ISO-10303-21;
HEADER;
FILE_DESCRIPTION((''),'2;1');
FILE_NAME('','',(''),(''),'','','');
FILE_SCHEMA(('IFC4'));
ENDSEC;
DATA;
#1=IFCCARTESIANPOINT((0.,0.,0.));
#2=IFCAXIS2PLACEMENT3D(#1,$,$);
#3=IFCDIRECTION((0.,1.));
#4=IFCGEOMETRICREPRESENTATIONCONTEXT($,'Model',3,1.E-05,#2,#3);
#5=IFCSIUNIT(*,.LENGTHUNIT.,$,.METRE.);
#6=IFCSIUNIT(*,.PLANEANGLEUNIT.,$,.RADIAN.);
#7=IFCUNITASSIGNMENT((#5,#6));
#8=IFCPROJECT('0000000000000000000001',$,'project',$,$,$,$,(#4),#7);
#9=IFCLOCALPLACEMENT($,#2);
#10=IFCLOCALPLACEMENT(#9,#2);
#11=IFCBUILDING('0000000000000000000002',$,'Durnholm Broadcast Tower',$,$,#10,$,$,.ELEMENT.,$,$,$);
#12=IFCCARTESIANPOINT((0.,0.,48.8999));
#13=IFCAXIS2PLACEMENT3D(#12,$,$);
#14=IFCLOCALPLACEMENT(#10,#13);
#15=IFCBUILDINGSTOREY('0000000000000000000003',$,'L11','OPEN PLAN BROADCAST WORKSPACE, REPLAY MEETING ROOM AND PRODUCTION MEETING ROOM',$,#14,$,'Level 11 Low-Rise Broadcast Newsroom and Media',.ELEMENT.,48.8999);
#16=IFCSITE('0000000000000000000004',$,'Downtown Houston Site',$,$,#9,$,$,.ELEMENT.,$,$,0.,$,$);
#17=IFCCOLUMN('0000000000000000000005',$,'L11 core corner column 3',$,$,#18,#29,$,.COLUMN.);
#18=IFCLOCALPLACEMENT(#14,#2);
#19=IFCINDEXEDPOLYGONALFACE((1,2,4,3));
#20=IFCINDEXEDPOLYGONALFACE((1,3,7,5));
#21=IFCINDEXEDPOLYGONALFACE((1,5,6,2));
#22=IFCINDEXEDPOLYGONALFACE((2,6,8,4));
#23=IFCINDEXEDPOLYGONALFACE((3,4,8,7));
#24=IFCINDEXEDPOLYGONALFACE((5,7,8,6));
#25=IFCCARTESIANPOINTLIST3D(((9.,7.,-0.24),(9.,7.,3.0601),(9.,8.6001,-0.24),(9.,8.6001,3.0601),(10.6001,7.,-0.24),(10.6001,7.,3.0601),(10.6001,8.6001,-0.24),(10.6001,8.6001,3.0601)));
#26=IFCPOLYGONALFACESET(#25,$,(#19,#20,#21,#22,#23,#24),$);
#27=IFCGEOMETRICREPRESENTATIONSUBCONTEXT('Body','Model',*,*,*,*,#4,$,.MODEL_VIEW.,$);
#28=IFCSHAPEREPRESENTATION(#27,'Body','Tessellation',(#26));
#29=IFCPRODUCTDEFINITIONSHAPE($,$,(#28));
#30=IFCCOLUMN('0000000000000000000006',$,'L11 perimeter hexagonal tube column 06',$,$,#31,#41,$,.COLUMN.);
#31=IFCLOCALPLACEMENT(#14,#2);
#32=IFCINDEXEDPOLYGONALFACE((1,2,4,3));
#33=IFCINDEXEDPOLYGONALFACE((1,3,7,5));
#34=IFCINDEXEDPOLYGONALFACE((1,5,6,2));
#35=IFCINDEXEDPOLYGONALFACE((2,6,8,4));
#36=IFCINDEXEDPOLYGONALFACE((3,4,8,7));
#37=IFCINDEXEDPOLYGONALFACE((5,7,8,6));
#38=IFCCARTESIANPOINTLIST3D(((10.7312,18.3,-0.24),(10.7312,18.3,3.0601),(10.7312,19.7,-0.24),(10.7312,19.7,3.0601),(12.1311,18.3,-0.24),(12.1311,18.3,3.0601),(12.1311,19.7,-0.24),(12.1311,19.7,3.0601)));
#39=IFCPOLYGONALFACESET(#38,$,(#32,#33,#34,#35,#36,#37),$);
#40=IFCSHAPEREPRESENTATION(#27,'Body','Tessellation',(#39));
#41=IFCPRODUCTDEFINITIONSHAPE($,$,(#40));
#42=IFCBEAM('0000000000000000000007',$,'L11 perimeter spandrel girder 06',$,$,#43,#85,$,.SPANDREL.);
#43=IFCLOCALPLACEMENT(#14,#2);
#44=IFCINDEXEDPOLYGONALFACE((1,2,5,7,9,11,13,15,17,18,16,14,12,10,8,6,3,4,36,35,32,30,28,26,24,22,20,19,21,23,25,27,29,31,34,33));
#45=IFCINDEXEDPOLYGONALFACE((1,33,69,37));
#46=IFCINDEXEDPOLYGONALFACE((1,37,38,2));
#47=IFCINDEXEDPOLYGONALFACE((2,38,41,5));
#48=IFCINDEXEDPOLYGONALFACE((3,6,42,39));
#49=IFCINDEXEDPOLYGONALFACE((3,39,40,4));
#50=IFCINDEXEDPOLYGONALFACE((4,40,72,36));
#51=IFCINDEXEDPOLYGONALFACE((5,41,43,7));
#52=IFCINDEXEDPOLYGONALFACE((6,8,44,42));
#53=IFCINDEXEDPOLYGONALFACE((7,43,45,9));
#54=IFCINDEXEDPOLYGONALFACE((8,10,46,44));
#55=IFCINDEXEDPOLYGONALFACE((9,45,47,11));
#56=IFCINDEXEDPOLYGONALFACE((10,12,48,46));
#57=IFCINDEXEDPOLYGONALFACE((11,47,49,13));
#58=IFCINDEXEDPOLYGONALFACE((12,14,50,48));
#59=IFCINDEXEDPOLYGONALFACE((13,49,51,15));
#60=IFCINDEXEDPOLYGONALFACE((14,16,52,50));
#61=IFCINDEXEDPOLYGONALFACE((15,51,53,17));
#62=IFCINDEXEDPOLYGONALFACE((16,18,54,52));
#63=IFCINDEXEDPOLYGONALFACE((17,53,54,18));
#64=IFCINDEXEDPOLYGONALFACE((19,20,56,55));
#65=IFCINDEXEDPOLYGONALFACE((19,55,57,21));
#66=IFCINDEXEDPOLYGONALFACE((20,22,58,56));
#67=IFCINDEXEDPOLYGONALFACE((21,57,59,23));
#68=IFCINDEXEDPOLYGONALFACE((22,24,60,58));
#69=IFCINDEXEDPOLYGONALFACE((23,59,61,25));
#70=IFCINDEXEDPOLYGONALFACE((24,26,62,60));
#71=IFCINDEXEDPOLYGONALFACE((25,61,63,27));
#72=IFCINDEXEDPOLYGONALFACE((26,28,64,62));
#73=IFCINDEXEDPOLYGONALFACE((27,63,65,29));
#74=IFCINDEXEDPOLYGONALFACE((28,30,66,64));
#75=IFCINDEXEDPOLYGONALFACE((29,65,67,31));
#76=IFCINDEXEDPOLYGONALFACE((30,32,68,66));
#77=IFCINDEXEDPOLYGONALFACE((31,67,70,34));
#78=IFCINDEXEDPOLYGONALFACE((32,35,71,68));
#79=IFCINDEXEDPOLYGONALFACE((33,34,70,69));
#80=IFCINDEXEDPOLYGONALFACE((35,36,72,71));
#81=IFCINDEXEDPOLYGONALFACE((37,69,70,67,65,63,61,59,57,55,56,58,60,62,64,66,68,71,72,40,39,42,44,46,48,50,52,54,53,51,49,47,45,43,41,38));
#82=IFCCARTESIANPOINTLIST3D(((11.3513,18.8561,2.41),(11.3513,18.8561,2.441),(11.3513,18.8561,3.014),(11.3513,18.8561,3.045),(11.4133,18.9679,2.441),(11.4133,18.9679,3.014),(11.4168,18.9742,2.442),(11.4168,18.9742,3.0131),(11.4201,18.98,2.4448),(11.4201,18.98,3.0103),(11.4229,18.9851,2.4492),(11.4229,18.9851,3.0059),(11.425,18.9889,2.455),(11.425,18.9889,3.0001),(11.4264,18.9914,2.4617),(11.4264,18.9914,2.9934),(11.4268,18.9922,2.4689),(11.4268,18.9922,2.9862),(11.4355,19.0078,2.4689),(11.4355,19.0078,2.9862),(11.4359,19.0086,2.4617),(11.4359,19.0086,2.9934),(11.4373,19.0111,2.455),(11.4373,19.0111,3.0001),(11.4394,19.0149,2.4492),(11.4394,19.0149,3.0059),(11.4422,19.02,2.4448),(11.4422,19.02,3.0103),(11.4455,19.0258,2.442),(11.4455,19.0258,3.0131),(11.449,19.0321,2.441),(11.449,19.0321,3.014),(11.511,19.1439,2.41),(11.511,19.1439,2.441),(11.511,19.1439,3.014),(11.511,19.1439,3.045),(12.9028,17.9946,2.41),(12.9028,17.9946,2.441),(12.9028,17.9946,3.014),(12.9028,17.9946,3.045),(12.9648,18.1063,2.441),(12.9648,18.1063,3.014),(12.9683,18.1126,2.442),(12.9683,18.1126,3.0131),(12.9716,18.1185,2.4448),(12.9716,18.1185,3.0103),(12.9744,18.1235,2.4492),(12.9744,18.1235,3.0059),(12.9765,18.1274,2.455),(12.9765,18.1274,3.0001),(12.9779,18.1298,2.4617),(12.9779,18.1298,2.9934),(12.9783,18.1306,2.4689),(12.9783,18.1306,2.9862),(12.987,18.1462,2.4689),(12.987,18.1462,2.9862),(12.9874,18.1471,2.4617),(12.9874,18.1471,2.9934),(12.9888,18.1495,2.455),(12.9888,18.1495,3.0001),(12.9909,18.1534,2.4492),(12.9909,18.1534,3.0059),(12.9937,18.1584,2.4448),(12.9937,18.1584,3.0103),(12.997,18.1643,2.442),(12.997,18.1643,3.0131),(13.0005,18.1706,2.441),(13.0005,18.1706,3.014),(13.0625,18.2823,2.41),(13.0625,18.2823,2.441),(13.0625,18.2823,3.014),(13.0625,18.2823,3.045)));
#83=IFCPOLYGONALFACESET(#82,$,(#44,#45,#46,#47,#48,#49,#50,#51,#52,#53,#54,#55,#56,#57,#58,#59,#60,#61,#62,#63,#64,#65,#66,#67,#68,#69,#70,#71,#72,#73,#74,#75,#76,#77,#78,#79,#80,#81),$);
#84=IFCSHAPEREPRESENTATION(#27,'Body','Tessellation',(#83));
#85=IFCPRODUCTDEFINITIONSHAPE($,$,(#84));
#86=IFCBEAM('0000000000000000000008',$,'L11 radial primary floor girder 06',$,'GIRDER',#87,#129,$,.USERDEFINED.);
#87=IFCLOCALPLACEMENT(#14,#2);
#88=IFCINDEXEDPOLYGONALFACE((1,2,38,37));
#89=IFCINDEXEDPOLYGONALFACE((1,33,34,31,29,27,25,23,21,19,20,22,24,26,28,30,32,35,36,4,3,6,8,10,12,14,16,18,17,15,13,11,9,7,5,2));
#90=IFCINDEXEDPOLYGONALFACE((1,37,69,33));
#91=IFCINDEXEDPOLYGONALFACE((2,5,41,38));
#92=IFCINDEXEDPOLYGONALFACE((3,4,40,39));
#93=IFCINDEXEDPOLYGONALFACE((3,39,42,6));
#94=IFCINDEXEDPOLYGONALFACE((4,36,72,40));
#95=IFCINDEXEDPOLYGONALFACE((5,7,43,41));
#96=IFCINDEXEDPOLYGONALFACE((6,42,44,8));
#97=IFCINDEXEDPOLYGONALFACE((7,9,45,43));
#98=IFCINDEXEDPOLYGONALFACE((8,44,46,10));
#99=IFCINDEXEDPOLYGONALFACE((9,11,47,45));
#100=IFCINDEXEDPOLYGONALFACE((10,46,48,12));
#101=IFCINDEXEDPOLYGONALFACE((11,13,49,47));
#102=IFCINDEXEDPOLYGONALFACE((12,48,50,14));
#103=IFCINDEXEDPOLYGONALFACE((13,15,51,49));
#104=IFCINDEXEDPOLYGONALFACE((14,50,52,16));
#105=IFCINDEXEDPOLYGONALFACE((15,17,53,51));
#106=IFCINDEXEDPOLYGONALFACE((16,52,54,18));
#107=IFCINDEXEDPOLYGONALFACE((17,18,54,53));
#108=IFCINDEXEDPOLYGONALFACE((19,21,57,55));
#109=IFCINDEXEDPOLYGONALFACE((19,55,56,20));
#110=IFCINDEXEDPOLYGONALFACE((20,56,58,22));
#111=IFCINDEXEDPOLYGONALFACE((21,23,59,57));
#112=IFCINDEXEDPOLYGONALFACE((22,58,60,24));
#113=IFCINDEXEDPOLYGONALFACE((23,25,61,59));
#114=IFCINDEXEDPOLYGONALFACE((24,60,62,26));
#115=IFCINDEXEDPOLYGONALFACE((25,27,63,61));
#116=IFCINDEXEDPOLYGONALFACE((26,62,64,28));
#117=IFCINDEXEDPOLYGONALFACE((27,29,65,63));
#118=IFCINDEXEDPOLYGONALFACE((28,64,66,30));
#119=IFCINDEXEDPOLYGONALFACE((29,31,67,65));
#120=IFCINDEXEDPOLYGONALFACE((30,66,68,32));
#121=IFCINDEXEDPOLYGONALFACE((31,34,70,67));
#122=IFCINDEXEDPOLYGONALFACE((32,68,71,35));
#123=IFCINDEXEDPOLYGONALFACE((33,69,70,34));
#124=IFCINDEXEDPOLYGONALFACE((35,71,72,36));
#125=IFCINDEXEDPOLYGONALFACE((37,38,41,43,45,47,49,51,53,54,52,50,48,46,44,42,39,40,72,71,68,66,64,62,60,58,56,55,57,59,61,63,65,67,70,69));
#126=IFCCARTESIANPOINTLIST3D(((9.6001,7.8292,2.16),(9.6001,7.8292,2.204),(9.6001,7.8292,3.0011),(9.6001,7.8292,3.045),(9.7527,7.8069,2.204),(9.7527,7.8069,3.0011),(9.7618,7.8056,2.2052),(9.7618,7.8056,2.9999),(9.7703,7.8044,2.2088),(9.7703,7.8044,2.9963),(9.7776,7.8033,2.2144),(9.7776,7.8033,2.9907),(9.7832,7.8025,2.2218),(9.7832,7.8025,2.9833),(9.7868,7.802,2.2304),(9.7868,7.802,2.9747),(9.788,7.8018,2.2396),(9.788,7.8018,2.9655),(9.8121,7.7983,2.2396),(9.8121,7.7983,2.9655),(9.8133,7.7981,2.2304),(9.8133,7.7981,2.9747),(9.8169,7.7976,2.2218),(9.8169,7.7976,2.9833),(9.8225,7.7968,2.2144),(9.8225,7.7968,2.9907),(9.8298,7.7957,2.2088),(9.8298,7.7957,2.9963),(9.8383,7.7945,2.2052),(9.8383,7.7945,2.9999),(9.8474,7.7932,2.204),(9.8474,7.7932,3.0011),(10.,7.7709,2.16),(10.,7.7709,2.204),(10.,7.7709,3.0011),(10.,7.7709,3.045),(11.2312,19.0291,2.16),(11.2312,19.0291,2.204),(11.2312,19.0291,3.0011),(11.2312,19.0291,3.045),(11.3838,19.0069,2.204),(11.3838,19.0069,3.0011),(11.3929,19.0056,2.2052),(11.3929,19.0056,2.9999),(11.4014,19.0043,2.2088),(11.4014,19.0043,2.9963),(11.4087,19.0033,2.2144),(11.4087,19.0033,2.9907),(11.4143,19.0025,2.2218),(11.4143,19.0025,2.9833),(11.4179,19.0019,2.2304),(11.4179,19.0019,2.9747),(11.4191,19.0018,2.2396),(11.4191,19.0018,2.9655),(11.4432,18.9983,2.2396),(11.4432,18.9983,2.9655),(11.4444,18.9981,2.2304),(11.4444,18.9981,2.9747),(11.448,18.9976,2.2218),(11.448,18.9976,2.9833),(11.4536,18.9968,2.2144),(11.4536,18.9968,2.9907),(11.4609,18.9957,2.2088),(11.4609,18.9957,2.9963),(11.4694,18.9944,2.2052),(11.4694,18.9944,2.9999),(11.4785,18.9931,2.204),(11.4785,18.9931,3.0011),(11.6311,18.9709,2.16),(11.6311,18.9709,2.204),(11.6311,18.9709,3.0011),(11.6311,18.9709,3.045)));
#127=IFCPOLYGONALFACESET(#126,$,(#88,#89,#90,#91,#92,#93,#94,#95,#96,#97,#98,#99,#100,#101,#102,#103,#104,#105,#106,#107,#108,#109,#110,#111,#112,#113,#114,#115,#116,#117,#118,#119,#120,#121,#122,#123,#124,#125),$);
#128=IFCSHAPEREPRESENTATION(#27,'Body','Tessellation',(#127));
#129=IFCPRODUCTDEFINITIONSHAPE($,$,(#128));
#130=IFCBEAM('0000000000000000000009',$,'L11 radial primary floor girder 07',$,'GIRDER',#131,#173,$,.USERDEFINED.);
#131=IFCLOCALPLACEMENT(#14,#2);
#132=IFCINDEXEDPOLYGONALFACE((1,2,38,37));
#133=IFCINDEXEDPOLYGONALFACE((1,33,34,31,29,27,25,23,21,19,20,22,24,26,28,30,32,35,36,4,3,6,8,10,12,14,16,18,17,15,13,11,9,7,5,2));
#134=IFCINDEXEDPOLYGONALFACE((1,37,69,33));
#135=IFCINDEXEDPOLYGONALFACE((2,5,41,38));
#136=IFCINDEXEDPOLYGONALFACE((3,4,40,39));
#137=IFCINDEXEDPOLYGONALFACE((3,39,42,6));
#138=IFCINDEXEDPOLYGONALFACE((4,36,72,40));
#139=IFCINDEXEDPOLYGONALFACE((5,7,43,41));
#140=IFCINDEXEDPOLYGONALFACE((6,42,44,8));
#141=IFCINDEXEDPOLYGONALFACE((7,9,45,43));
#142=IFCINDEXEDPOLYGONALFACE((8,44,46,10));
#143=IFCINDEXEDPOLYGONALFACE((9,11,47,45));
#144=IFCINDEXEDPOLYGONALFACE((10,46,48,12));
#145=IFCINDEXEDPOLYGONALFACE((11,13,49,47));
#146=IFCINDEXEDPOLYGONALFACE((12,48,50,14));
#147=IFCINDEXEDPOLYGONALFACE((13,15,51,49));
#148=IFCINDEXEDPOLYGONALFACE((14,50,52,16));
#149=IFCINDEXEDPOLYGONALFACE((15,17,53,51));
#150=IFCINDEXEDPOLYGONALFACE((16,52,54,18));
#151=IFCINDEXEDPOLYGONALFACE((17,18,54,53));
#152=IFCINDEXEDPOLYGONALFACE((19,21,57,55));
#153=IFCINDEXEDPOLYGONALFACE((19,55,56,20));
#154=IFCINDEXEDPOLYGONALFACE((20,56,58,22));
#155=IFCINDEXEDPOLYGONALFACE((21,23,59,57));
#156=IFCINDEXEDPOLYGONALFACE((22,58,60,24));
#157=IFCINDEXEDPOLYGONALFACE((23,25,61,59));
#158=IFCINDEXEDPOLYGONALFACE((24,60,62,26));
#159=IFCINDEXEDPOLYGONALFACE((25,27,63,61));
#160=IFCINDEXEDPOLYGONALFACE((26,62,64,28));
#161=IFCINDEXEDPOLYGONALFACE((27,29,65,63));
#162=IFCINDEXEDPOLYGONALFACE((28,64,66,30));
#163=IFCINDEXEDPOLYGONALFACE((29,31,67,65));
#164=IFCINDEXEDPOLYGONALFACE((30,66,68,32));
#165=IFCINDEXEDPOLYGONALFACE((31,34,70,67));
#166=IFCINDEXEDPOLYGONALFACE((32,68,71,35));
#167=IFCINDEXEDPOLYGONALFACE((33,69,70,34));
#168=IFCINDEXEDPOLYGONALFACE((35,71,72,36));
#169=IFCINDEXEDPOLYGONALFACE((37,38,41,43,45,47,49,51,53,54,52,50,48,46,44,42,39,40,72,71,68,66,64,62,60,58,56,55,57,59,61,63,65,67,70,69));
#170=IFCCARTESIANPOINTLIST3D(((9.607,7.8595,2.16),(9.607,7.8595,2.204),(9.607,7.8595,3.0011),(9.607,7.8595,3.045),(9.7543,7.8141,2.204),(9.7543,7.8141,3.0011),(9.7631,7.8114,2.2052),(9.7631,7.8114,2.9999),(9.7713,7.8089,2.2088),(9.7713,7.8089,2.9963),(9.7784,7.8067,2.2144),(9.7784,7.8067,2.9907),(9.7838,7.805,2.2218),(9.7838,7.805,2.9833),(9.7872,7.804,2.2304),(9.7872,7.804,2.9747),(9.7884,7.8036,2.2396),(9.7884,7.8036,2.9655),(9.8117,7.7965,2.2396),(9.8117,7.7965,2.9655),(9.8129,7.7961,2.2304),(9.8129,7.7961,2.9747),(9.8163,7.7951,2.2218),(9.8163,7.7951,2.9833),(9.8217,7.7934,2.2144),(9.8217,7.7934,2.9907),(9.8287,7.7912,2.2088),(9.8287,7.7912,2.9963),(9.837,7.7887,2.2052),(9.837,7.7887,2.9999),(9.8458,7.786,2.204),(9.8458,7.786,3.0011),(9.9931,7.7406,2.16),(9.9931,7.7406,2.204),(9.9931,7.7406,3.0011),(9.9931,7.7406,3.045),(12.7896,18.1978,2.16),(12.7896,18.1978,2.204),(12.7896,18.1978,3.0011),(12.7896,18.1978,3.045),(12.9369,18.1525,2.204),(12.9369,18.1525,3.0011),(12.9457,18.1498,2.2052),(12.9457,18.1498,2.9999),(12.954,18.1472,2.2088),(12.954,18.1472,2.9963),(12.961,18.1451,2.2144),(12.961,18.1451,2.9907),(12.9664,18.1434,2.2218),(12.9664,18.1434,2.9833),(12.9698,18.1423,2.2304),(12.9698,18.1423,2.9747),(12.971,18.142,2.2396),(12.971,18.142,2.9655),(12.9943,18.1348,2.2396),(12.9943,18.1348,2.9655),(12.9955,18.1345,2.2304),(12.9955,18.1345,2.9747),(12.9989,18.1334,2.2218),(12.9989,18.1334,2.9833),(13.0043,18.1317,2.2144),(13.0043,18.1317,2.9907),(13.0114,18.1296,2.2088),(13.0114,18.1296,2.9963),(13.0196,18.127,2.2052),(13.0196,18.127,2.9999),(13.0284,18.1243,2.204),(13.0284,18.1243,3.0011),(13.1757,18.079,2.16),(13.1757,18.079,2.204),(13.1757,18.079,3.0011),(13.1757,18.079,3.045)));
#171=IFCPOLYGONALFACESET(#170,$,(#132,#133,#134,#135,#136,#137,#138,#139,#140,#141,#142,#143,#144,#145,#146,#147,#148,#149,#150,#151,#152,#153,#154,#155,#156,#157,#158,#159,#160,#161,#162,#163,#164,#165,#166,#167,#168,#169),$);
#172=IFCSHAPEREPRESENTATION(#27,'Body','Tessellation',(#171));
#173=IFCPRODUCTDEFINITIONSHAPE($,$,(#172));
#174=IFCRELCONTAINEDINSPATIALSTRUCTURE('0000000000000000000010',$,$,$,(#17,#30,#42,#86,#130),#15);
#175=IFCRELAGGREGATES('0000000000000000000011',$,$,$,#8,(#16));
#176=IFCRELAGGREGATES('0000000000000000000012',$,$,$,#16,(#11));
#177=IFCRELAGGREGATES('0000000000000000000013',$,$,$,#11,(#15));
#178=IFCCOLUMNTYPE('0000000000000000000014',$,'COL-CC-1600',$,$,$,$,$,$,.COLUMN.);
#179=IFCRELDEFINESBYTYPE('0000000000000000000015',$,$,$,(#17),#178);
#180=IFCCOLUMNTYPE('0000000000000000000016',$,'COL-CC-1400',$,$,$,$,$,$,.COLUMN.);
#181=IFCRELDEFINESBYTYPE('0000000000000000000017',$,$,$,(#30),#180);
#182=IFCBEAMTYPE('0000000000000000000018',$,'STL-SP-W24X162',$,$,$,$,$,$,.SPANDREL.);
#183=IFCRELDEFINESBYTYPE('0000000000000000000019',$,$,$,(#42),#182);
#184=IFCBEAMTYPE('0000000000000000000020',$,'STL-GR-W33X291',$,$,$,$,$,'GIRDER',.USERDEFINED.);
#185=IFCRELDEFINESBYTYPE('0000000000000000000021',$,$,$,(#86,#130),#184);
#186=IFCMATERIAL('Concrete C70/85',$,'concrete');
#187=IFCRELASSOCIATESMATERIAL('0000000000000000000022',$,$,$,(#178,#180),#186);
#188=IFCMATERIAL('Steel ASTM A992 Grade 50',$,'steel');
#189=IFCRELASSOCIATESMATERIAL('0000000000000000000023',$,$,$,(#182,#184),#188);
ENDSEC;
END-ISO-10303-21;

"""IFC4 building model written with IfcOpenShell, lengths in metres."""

from ifc_helpers import new_model, si_unit, direction, frame, origin, origin_2d, place, context, subcontext, project, spatial, rectangle, i_section, extrude, source, transform, mapped, material, material_profile, profile_set, type_object, type_shapes, element, save


model = new_model("IFC4")

# Units and contexts
model_context = context("Model", 3, precision=1e-05, world=origin(), true_north=direction((0.0, 1.0)))
body_context = subcontext(model_context, "Body", "Model", "MODEL_VIEW")
ifc_project = project(units=[si_unit("LENGTHUNIT", "METRE"), si_unit("PLANEANGLEUNIT", "RADIAN")], contexts=[model_context])

# Site, building, storey
site_placement = place(None, origin())
site = spatial("IfcSite", under=ifc_project, at=site_placement, Name="Downtown Houston Site", CompositionType="ELEMENT", RefElevation=0.0)
building_placement = place(site_placement, origin())
building = spatial("IfcBuilding", under=site, at=building_placement, Name="Durnholm Broadcast Tower", CompositionType="ELEMENT")
storey_placement = place(building_placement, frame((0.0, 0.0, 48.8999)))
storey = spatial("IfcBuildingStorey", under=building, at=storey_placement, Name="L11", Description="OPEN PLAN BROADCAST WORKSPACE, REPLAY MEETING ROOM AND PRODUCTION MEETING ROOM", LongName="Level 11 Low-Rise Broadcast Newsroom and Media", CompositionType="ELEMENT", Elevation=48.8999)

# Columns
ifc_material_1 = material(Name="Concrete C70/85", Category="concrete")
ifc_material_profile_1 = material_profile(ifc_material_1, rectangle(XDim=1.6001, YDim=1.6001, at=origin_2d()), Name="RC1600X1600")
ifc_profile_set_1 = profile_set([ifc_material_profile_1], Name="Concrete C70/85")
column_type_1 = type_object("IfcColumnType", Name="COL-CC-1600", PredefinedType="COLUMN", material=ifc_profile_set_1)
shared_shape_1 = source(origin(), body_context, "Body", "SweptSolid", [
    extrude(rectangle(XDim=1.6001, YDim=1.6001, at=origin_2d()), origin(), (0.0, 0.0, 1.0), 3.3),
])
type_shapes(column_type_1, [shared_shape_1])
column_1_placement = place(storey_placement, frame((9.8, 7.8, -0.24), z_axis=(0.0, 0.0, 1.0), x_axis=(1.0, 0.0, 0.0)))
element("IfcColumn", 1, at=column_1_placement, inside=storey, type_object=column_type_1, Name="L11 core corner column 3", PredefinedType="COLUMN", context=body_context, shape_type="MappedRepresentation", body=[
    mapped(shared_shape_1, transform((0.0, 0.0, 0.0), x_axis=(1.0, 0.0, 0.0), y_axis=(0.0, 1.0, 0.0), z_axis=(0.0, 0.0, 1.0), scale=1.0)),
])
ifc_material_profile_2 = material_profile(ifc_material_1, rectangle(XDim=1.3999, YDim=1.3999, at=origin_2d()), Name="RC1400X1400")
ifc_profile_set_2 = profile_set([ifc_material_profile_2], Name="Concrete C70/85")
column_type_2 = type_object("IfcColumnType", Name="COL-CC-1400", PredefinedType="COLUMN", material=ifc_profile_set_2)
shared_shape_2 = source(origin(), body_context, "Body", "SweptSolid", [
    extrude(rectangle(XDim=1.3999, YDim=1.3999, at=origin_2d()), origin(), (0.0, 0.0, 1.0), 3.3),
])
type_shapes(column_type_2, [shared_shape_2])
column_2_placement = place(storey_placement, frame((11.4312, 19.0, -0.24), z_axis=(0.0, 0.0, 1.0), x_axis=(1.0, 0.0, 0.0)))
element("IfcColumn", 2, at=column_2_placement, inside=storey, type_object=column_type_2, Name="L11 perimeter hexagonal tube column 06", PredefinedType="COLUMN", context=body_context, shape_type="MappedRepresentation", body=[
    mapped(shared_shape_2, transform((0.0, 0.0, 0.0), x_axis=(1.0, 0.0, 0.0), y_axis=(0.0, 1.0, 0.0), z_axis=(0.0, 0.0, 1.0), scale=1.0)),
])

# Beams
ifc_material_2 = material(Name="Steel ASTM A992 Grade 50", Category="steel")
ifc_material_profile_3 = material_profile(ifc_material_2, i_section(OverallWidth=0.3291, OverallDepth=0.635, WebThickness=0.0178, FlangeThickness=0.031, FilletRadius=0.0278, at=origin_2d()), Name="W24X162")
ifc_profile_set_3 = profile_set([ifc_material_profile_3], Name="Steel ASTM A992 Grade 50")
beam_type_1 = type_object("IfcBeamType", Name="STL-SP-W24X162", PredefinedType="SPANDREL", material=ifc_profile_set_3)
shared_shape_3 = source(origin(), body_context, "Body", "SweptSolid", [
    extrude(i_section(OverallWidth=0.3291, OverallDepth=0.635, WebThickness=0.0178, FlangeThickness=0.031, FilletRadius=0.0278, at=origin_2d()), origin(), (0.0, 0.0, 1.0), 1.7747),
])
type_shapes(beam_type_1, [shared_shape_3])
beam_1_placement = place(storey_placement, frame((11.4312, 19.0, 2.7275), z_axis=(0.874248, -0.485479, 0.0), x_axis=(0.485479, 0.874248, 0.0)))
element("IfcBeam", 3, at=beam_1_placement, inside=storey, type_object=beam_type_1, Name="L11 perimeter spandrel girder 06", PredefinedType="SPANDREL", context=body_context, shape_type="MappedRepresentation", body=[
    mapped(shared_shape_3, transform((0.0, 0.0, 0.0), x_axis=(1.0, 0.0, 0.0), y_axis=(0.0, 1.0, 0.0), z_axis=(0.0, 0.0, 1.0), scale=1.0)),
])
ifc_material_profile_4 = material_profile(ifc_material_2, i_section(OverallWidth=0.4041, OverallDepth=0.885, WebThickness=0.0244, FlangeThickness=0.0439, FilletRadius=0.0356, at=origin_2d()), Name="W33X291")
ifc_profile_set_4 = profile_set([ifc_material_profile_4], Name="Steel ASTM A992 Grade 50")
beam_type_2 = type_object("IfcBeamType", Name="STL-GR-W33X291", ElementType="GIRDER", PredefinedType="USERDEFINED", material=ifc_profile_set_4)
shared_shape_4 = source(origin(), body_context, "Body", "SweptSolid", [
    extrude(i_section(OverallWidth=0.4041, OverallDepth=0.885, WebThickness=0.0244, FlangeThickness=0.0439, FilletRadius=0.0356, at=origin_2d()), origin(), (0.0, 0.0, 1.0), 11.3181),
])
beam_2_placement = place(storey_placement, frame((9.8, 7.8, 2.6025), z_axis=(0.144115, 0.989561, 0.0), x_axis=(-0.989561, 0.144115, 0.0)))
element("IfcBeam", 4, at=beam_2_placement, inside=storey, type_object=beam_type_2, Name="L11 radial primary floor girder 06", ObjectType="GIRDER", PredefinedType="USERDEFINED", context=body_context, shape_type="MappedRepresentation", body=[
    mapped(shared_shape_4, transform((0.0, 0.0, 0.0), x_axis=(1.0, 0.0, 0.0), y_axis=(0.0, 1.0, 0.0), z_axis=(0.0, 0.0, 1.0), scale=1.0)),
])
shared_shape_5 = source(origin(), body_context, "Body", "SweptSolid", [
    extrude(i_section(OverallWidth=0.4041, OverallDepth=0.885, WebThickness=0.0244, FlangeThickness=0.0439, FilletRadius=0.0356, at=origin_2d()), origin(), (0.0, 0.0, 1.0), 10.8171),
])
type_shapes(beam_type_2, [shared_shape_4, shared_shape_5])
beam_3_placement = place(storey_placement, frame((9.8, 7.8, 2.6025), z_axis=(0.294219, 0.955738, 0.0), x_axis=(-0.955738, 0.294219, 0.0)))
element("IfcBeam", 5, at=beam_3_placement, inside=storey, type_object=beam_type_2, Name="L11 radial primary floor girder 07", ObjectType="GIRDER", PredefinedType="USERDEFINED", context=body_context, shape_type="MappedRepresentation", body=[
    mapped(shared_shape_5, transform((0.0, 0.0, 0.0), x_axis=(1.0, 0.0, 0.0), y_axis=(0.0, 1.0, 0.0), z_axis=(0.0, 0.0, 1.0), scale=1.0)),
])

save(model, "model.ifc")
